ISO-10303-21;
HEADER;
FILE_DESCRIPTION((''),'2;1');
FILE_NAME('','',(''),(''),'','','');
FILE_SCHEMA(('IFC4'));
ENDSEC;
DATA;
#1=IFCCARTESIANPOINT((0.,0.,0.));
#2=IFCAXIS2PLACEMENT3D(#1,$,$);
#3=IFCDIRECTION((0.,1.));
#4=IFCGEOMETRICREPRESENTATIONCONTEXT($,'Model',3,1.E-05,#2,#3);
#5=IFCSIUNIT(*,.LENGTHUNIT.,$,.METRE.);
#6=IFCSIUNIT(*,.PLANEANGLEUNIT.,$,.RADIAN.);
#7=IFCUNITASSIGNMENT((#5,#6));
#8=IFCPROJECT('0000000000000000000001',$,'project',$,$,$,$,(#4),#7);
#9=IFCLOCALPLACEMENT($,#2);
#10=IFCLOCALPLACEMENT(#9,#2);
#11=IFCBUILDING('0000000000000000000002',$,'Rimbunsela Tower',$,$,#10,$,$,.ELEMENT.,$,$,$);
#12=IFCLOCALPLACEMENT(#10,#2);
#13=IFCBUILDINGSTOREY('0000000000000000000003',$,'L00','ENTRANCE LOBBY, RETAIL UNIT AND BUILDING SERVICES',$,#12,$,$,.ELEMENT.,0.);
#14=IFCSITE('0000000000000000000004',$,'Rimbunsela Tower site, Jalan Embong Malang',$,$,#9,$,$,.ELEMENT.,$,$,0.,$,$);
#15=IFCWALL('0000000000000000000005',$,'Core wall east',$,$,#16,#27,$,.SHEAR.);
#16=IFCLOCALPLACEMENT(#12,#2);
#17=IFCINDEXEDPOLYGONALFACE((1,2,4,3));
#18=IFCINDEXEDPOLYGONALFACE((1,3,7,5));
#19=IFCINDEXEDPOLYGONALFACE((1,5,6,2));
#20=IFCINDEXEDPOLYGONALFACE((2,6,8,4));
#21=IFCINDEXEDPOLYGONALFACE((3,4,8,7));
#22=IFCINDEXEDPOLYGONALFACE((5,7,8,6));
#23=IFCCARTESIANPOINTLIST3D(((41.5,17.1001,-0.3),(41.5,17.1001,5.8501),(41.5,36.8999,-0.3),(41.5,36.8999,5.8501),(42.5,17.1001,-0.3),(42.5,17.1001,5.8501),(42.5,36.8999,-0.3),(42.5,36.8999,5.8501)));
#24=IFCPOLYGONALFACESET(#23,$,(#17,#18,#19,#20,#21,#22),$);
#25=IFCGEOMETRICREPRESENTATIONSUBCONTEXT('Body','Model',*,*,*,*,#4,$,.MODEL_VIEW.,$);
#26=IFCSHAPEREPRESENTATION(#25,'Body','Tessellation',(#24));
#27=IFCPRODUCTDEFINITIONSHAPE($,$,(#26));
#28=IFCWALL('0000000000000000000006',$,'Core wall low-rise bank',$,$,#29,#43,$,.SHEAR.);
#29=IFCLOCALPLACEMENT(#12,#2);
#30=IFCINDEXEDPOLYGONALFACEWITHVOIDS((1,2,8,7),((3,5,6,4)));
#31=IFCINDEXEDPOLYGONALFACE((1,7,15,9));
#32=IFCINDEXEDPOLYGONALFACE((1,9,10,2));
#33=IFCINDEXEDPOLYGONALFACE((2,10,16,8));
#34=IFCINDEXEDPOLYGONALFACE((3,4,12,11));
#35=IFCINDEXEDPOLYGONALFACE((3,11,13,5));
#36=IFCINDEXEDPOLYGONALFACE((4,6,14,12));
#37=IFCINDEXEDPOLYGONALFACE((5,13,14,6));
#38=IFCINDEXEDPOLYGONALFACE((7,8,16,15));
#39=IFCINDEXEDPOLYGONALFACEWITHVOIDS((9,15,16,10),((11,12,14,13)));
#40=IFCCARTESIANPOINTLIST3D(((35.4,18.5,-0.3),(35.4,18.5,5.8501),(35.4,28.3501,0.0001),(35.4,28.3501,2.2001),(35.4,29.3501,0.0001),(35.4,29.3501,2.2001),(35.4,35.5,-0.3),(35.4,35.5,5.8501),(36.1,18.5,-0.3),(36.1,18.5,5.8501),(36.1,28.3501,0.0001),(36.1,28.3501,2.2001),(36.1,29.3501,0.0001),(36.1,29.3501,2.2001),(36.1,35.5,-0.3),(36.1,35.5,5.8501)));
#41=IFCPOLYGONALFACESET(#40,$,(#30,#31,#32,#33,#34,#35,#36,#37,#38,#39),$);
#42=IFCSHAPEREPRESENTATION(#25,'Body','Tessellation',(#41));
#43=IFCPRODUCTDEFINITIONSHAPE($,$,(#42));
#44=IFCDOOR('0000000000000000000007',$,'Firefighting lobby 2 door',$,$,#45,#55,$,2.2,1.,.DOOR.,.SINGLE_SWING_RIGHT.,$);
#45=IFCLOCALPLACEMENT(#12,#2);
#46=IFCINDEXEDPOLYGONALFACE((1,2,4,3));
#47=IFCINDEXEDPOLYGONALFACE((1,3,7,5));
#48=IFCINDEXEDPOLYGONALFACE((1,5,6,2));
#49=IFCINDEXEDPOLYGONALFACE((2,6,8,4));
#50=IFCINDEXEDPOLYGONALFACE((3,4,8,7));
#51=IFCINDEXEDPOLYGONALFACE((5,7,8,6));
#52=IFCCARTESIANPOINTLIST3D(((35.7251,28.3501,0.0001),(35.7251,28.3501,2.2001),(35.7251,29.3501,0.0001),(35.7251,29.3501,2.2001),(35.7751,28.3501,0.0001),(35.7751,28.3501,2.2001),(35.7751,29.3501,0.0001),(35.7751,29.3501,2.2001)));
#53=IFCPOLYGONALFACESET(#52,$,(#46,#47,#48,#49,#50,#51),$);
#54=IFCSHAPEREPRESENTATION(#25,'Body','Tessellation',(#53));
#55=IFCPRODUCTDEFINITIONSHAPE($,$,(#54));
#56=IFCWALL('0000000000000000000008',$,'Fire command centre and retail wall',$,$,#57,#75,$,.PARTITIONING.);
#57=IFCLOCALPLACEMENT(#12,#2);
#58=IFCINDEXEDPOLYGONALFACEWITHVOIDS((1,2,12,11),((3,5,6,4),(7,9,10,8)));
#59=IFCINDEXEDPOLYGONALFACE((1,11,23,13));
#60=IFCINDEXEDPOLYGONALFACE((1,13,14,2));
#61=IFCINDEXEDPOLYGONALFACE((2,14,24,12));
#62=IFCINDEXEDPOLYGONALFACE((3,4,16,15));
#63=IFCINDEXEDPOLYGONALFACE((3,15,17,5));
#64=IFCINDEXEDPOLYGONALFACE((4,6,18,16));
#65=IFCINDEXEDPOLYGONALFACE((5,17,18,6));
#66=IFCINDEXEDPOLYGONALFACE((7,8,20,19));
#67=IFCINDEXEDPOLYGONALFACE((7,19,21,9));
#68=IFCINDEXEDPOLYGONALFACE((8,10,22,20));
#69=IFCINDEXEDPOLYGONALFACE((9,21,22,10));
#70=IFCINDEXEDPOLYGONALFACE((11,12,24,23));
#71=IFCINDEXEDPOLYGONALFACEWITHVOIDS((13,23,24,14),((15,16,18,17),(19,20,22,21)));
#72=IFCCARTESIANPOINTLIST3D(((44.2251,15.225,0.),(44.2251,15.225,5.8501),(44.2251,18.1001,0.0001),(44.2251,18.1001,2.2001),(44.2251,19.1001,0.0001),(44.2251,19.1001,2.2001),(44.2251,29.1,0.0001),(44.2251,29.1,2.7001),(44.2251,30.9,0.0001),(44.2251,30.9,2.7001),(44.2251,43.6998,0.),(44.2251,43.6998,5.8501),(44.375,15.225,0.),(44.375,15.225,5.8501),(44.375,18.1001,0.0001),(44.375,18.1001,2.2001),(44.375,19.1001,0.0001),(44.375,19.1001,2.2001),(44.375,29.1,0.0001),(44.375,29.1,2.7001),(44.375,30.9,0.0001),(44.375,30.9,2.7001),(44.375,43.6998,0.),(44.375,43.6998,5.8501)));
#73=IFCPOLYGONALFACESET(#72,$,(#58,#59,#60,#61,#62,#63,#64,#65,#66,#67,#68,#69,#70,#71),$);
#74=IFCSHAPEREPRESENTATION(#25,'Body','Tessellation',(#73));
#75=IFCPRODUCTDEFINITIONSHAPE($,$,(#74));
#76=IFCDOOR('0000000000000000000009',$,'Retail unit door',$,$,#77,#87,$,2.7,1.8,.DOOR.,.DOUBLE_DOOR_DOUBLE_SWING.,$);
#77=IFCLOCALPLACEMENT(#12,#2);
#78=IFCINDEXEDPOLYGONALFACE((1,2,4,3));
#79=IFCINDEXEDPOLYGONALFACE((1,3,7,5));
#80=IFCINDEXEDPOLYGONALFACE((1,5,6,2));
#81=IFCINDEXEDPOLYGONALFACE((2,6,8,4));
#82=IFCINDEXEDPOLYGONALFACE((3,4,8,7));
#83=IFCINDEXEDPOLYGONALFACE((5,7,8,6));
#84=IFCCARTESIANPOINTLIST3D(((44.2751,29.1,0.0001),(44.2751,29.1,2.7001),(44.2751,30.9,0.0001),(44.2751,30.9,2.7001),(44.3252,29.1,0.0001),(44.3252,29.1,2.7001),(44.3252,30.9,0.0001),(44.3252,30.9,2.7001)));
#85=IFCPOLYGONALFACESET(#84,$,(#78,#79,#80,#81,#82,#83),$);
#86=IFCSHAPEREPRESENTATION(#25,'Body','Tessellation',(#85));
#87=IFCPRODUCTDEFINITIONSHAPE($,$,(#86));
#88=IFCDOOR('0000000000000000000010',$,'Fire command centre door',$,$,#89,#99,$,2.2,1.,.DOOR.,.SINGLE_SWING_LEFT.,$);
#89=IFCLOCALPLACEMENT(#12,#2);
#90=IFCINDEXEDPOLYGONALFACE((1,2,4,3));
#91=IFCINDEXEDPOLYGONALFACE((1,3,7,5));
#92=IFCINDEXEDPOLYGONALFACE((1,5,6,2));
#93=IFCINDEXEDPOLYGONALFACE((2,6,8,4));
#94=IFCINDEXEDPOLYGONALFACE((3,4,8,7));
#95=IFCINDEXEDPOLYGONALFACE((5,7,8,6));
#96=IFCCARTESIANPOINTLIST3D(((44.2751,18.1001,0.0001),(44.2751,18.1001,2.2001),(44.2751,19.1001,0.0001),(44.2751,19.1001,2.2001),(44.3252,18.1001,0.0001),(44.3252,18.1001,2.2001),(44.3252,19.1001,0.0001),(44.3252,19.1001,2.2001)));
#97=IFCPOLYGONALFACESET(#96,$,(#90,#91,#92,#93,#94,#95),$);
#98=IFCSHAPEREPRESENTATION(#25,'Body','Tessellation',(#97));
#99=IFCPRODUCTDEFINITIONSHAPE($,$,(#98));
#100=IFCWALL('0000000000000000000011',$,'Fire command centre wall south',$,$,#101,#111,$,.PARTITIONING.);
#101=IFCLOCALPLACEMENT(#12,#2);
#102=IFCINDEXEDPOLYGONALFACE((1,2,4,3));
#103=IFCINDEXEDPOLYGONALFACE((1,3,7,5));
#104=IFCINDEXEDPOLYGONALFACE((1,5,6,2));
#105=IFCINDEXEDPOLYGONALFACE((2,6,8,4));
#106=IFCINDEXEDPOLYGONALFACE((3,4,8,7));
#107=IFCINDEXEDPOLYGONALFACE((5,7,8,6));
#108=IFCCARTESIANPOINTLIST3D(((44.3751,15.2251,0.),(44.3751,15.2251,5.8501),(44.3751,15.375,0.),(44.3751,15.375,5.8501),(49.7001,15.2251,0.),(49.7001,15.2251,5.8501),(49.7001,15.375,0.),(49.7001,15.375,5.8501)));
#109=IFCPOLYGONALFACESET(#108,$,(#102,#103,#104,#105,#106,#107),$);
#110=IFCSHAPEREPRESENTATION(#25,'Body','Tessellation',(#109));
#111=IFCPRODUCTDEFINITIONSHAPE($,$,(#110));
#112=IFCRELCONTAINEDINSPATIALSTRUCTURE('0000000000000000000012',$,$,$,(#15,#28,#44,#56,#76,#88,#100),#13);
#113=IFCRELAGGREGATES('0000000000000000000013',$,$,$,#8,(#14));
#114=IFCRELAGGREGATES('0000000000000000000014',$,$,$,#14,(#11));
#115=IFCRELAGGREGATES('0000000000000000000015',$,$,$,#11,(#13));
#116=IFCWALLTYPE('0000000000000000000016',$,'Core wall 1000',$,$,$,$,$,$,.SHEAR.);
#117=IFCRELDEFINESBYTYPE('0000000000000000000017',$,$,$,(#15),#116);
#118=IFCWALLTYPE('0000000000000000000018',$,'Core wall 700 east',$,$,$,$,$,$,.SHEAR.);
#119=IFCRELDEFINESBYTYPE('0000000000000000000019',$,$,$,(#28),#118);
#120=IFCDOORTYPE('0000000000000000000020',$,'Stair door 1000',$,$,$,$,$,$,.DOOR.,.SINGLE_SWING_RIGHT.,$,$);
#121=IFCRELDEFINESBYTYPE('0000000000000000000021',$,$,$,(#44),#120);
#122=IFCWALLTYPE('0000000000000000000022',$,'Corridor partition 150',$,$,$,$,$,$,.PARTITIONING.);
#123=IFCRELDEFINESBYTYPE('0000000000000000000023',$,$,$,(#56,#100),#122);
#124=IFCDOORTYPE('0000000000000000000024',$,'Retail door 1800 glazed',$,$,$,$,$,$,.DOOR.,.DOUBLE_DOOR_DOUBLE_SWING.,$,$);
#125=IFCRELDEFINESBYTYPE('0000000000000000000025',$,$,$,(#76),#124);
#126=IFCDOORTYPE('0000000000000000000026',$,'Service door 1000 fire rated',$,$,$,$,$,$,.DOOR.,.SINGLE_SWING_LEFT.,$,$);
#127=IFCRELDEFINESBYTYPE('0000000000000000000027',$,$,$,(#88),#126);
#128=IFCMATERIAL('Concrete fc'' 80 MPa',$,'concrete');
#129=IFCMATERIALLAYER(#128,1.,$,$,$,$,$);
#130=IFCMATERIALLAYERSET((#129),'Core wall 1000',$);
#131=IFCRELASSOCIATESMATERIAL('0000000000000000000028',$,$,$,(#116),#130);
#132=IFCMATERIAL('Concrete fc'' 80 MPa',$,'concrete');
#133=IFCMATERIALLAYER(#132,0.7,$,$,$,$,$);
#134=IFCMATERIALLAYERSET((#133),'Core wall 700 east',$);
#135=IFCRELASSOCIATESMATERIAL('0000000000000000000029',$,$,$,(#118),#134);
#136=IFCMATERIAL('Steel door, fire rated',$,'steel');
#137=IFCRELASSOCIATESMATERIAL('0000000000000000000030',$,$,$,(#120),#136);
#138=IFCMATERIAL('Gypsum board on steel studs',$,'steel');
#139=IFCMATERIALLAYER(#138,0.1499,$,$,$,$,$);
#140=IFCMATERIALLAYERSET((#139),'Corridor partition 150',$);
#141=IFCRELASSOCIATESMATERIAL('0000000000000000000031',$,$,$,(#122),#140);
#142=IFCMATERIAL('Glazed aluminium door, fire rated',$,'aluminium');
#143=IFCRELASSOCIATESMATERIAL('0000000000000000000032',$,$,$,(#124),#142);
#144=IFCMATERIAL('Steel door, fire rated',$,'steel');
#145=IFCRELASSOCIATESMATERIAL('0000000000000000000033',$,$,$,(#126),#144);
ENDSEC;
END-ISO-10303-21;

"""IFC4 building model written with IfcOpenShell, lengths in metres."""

from ifc_helpers import new_model, si_unit, direction, frame, frame_2d, origin, place, context, subcontext, project, spatial, rectangle, extrude, material, layer, layer_set, type_object, element, fill, save


model = new_model("IFC4")

# Units and contexts
model_context = context("Model", 3, precision=1e-05, world=origin(), true_north=direction((0.0, 1.0)))
body_context = subcontext(model_context, "Body", "Model", "MODEL_VIEW")
ifc_project = project(units=[si_unit("LENGTHUNIT", "METRE"), si_unit("PLANEANGLEUNIT", "RADIAN")], contexts=[model_context])

# Site, building, storey
site_placement = place(None, origin())
site = spatial("IfcSite", under=ifc_project, at=site_placement, Name="Rimbunsela Tower site, Jalan Embong Malang", CompositionType="ELEMENT", RefElevation=0.0)
building_placement = place(site_placement, origin())
building = spatial("IfcBuilding", under=site, at=building_placement, Name="Rimbunsela Tower", CompositionType="ELEMENT")
storey_placement = place(building_placement, origin())
storey = spatial("IfcBuildingStorey", under=building, at=storey_placement, Name="L00", Description="ENTRANCE LOBBY, RETAIL UNIT AND BUILDING SERVICES", CompositionType="ELEMENT", Elevation=0.0)

# Wall
ifc_material_1 = material(Name="Concrete fc' 80 MPa", Category="concrete")
ifc_layer_1 = layer(ifc_material_1, 1.0)
ifc_layer_set_1 = layer_set([ifc_layer_1], Name="Core wall 1000")
wall_type_1 = type_object("IfcWallType", Name="Core wall 1000", PredefinedType="SHEAR", material=ifc_layer_set_1)
wall_1_placement = place(storey_placement, frame((42.0, 17.1001, -0.3), z_axis=(0.0, 0.0, 1.0), x_axis=(0.0, 1.0, 0.0)))
element("IfcWall", 1, at=wall_1_placement, inside=storey, type_object=wall_type_1, Name="Core wall east", PredefinedType="SHEAR", context=body_context, shape_type="SweptSolid", body=[
    extrude(rectangle(XDim=19.7998, YDim=1.0, at=frame_2d((9.8999, 0.0))), origin(), (0.0, 0.0, 1.0), 6.1501),
])

# Wall, opening, door
ifc_material_2 = material(Name="Concrete fc' 80 MPa", Category="concrete")
ifc_layer_2 = layer(ifc_material_2, 0.7)
ifc_layer_set_2 = layer_set([ifc_layer_2], Name="Core wall 700 east")
wall_type_2 = type_object("IfcWallType", Name="Core wall 700 east", PredefinedType="SHEAR", material=ifc_layer_set_2)
wall_2_placement = place(storey_placement, frame((35.75, 18.5, -0.3), z_axis=(0.0, 0.0, 1.0), x_axis=(0.0, 1.0, 0.0)))
wall_2 = element("IfcWall", 2, at=wall_2_placement, inside=storey, type_object=wall_type_2, Name="Core wall low-rise bank", PredefinedType="SHEAR", context=body_context, shape_type="SweptSolid", body=[
    extrude(rectangle(XDim=17.0, YDim=0.7, at=frame_2d((8.5, 0.0))), origin(), (0.0, 0.0, 1.0), 6.1501),
])
opening_1_placement = place(wall_2_placement, frame((9.8501, 0.0, 0.3)))
opening_1 = element("IfcOpeningElement", 3, at=opening_1_placement, cuts=wall_2, PredefinedType="OPENING", context=body_context, shape_type="SweptSolid", body=[
    extrude(rectangle(XDim=1.0, YDim=2.2, at=frame_2d((0.5, 1.1001))), frame((0.0, 0.3599, 0.0), z_axis=(0.0, -1.0, 0.0), x_axis=(1.0, 0.0, 0.0)), (0.0, 0.0, 1.0), 0.72),
])
ifc_material_3 = material(Name="Steel door, fire rated", Category="steel")
door_type_1 = type_object("IfcDoorType", Name="Stair door 1000", OperationType="SINGLE_SWING_RIGHT", PredefinedType="DOOR", material=ifc_material_3)
door_1_placement = place(opening_1_placement, origin())
door_1 = element("IfcDoor", 4, at=door_1_placement, inside=storey, type_object=door_type_1, Name="Firefighting lobby 2 door", OperationType="SINGLE_SWING_RIGHT", OverallHeight=2.2, OverallWidth=1.0, PredefinedType="DOOR", context=body_context, shape_type="SweptSolid", body=[
    extrude(rectangle(XDim=1.0, YDim=2.2, at=frame_2d((0.5, 1.1001))), frame((0.0, 0.0249, 0.0), z_axis=(0.0, -1.0, 0.0), x_axis=(1.0, 0.0, 0.0)), (0.0, 0.0, 1.0), 0.05),
])
fill(opening_1, door_1)

# Wall, openings, doors
ifc_material_4 = material(Name="Gypsum board on steel studs", Category="steel")
ifc_layer_3 = layer(ifc_material_4, 0.1499)
ifc_layer_set_3 = layer_set([ifc_layer_3], Name="Corridor partition 150")
wall_type_3 = type_object("IfcWallType", Name="Corridor partition 150", PredefinedType="PARTITIONING", material=ifc_layer_set_3)
wall_3_placement = place(storey_placement, frame((44.3, 15.2251, 0.0), z_axis=(0.0, 0.0, 1.0), x_axis=(0.0, 1.0, 0.0)))
wall_3 = element("IfcWall", 5, at=wall_3_placement, inside=storey, type_object=wall_type_3, Name="Fire command centre and retail wall", PredefinedType="PARTITIONING", context=body_context, shape_type="SweptSolid", body=[
    extrude(rectangle(XDim=28.4749, YDim=0.1499, at=frame_2d((14.2373, 0.0))), origin(), (0.0, 0.0, 1.0), 5.8501),
])
opening_2_placement = place(wall_3_placement, frame((2.875, 0.0, 0.0)))
opening_2 = element("IfcOpeningElement", 6, at=opening_2_placement, cuts=wall_3, PredefinedType="OPENING", context=body_context, shape_type="SweptSolid", body=[
    extrude(rectangle(XDim=1.0, YDim=2.2, at=frame_2d((0.5, 1.1001))), frame((0.0, 0.085, 0.0), z_axis=(0.0, -1.0, 0.0), x_axis=(1.0, 0.0, 0.0)), (0.0, 0.0, 1.0), 0.1699),
])
opening_3_placement = place(wall_3_placement, frame((13.875, 0.0, 0.0)))
opening_3 = element("IfcOpeningElement", 7, at=opening_3_placement, cuts=wall_3, PredefinedType="OPENING", context=body_context, shape_type="SweptSolid", body=[
    extrude(rectangle(XDim=1.8, YDim=2.7, at=frame_2d((0.8999, 1.3501))), frame((0.0, 0.085, 0.0), z_axis=(0.0, -1.0, 0.0), x_axis=(1.0, 0.0, 0.0)), (0.0, 0.0, 1.0), 0.1699),
])
ifc_material_5 = material(Name="Glazed aluminium door, fire rated", Category="aluminium")
door_type_2 = type_object("IfcDoorType", Name="Retail door 1800 glazed", OperationType="DOUBLE_DOOR_DOUBLE_SWING", PredefinedType="DOOR", material=ifc_material_5)
door_2_placement = place(opening_3_placement, origin())
door_2 = element("IfcDoor", 8, at=door_2_placement, inside=storey, type_object=door_type_2, Name="Retail unit door", OperationType="DOUBLE_DOOR_DOUBLE_SWING", OverallHeight=2.7, OverallWidth=1.8, PredefinedType="DOOR", context=body_context, shape_type="SweptSolid", body=[
    extrude(rectangle(XDim=1.8, YDim=2.7, at=frame_2d((0.8999, 1.3501))), frame((0.0, 0.0249, 0.0), z_axis=(0.0, -1.0, 0.0), x_axis=(1.0, 0.0, 0.0)), (0.0, 0.0, 1.0), 0.05),
])
fill(opening_3, door_2)
ifc_material_6 = material(Name="Steel door, fire rated", Category="steel")
door_type_3 = type_object("IfcDoorType", Name="Service door 1000 fire rated", OperationType="SINGLE_SWING_LEFT", PredefinedType="DOOR", material=ifc_material_6)
door_3_placement = place(opening_2_placement, origin())
door_3 = element("IfcDoor", 9, at=door_3_placement, inside=storey, type_object=door_type_3, Name="Fire command centre door", OperationType="SINGLE_SWING_LEFT", OverallHeight=2.2, OverallWidth=1.0, PredefinedType="DOOR", context=body_context, shape_type="SweptSolid", body=[
    extrude(rectangle(XDim=1.0, YDim=2.2, at=frame_2d((0.5, 1.1001))), frame((0.0, 0.0249, 0.0), z_axis=(0.0, -1.0, 0.0), x_axis=(1.0, 0.0, 0.0)), (0.0, 0.0, 1.0), 0.05),
])
fill(opening_2, door_3)

# Wall
wall_4_placement = place(storey_placement, frame((44.375, 15.3, 0.0), z_axis=(0.0, 0.0, 1.0), x_axis=(1.0, 0.0, 0.0)))
element("IfcWall", 10, at=wall_4_placement, inside=storey, type_object=wall_type_3, Name="Fire command centre wall south", PredefinedType="PARTITIONING", context=body_context, shape_type="SweptSolid", body=[
    extrude(rectangle(XDim=5.325, YDim=0.1499, at=frame_2d((2.6626, 0.0))), origin(), (0.0, 0.0, 1.0), 5.8501),
])

save(model, "model.ifc")
